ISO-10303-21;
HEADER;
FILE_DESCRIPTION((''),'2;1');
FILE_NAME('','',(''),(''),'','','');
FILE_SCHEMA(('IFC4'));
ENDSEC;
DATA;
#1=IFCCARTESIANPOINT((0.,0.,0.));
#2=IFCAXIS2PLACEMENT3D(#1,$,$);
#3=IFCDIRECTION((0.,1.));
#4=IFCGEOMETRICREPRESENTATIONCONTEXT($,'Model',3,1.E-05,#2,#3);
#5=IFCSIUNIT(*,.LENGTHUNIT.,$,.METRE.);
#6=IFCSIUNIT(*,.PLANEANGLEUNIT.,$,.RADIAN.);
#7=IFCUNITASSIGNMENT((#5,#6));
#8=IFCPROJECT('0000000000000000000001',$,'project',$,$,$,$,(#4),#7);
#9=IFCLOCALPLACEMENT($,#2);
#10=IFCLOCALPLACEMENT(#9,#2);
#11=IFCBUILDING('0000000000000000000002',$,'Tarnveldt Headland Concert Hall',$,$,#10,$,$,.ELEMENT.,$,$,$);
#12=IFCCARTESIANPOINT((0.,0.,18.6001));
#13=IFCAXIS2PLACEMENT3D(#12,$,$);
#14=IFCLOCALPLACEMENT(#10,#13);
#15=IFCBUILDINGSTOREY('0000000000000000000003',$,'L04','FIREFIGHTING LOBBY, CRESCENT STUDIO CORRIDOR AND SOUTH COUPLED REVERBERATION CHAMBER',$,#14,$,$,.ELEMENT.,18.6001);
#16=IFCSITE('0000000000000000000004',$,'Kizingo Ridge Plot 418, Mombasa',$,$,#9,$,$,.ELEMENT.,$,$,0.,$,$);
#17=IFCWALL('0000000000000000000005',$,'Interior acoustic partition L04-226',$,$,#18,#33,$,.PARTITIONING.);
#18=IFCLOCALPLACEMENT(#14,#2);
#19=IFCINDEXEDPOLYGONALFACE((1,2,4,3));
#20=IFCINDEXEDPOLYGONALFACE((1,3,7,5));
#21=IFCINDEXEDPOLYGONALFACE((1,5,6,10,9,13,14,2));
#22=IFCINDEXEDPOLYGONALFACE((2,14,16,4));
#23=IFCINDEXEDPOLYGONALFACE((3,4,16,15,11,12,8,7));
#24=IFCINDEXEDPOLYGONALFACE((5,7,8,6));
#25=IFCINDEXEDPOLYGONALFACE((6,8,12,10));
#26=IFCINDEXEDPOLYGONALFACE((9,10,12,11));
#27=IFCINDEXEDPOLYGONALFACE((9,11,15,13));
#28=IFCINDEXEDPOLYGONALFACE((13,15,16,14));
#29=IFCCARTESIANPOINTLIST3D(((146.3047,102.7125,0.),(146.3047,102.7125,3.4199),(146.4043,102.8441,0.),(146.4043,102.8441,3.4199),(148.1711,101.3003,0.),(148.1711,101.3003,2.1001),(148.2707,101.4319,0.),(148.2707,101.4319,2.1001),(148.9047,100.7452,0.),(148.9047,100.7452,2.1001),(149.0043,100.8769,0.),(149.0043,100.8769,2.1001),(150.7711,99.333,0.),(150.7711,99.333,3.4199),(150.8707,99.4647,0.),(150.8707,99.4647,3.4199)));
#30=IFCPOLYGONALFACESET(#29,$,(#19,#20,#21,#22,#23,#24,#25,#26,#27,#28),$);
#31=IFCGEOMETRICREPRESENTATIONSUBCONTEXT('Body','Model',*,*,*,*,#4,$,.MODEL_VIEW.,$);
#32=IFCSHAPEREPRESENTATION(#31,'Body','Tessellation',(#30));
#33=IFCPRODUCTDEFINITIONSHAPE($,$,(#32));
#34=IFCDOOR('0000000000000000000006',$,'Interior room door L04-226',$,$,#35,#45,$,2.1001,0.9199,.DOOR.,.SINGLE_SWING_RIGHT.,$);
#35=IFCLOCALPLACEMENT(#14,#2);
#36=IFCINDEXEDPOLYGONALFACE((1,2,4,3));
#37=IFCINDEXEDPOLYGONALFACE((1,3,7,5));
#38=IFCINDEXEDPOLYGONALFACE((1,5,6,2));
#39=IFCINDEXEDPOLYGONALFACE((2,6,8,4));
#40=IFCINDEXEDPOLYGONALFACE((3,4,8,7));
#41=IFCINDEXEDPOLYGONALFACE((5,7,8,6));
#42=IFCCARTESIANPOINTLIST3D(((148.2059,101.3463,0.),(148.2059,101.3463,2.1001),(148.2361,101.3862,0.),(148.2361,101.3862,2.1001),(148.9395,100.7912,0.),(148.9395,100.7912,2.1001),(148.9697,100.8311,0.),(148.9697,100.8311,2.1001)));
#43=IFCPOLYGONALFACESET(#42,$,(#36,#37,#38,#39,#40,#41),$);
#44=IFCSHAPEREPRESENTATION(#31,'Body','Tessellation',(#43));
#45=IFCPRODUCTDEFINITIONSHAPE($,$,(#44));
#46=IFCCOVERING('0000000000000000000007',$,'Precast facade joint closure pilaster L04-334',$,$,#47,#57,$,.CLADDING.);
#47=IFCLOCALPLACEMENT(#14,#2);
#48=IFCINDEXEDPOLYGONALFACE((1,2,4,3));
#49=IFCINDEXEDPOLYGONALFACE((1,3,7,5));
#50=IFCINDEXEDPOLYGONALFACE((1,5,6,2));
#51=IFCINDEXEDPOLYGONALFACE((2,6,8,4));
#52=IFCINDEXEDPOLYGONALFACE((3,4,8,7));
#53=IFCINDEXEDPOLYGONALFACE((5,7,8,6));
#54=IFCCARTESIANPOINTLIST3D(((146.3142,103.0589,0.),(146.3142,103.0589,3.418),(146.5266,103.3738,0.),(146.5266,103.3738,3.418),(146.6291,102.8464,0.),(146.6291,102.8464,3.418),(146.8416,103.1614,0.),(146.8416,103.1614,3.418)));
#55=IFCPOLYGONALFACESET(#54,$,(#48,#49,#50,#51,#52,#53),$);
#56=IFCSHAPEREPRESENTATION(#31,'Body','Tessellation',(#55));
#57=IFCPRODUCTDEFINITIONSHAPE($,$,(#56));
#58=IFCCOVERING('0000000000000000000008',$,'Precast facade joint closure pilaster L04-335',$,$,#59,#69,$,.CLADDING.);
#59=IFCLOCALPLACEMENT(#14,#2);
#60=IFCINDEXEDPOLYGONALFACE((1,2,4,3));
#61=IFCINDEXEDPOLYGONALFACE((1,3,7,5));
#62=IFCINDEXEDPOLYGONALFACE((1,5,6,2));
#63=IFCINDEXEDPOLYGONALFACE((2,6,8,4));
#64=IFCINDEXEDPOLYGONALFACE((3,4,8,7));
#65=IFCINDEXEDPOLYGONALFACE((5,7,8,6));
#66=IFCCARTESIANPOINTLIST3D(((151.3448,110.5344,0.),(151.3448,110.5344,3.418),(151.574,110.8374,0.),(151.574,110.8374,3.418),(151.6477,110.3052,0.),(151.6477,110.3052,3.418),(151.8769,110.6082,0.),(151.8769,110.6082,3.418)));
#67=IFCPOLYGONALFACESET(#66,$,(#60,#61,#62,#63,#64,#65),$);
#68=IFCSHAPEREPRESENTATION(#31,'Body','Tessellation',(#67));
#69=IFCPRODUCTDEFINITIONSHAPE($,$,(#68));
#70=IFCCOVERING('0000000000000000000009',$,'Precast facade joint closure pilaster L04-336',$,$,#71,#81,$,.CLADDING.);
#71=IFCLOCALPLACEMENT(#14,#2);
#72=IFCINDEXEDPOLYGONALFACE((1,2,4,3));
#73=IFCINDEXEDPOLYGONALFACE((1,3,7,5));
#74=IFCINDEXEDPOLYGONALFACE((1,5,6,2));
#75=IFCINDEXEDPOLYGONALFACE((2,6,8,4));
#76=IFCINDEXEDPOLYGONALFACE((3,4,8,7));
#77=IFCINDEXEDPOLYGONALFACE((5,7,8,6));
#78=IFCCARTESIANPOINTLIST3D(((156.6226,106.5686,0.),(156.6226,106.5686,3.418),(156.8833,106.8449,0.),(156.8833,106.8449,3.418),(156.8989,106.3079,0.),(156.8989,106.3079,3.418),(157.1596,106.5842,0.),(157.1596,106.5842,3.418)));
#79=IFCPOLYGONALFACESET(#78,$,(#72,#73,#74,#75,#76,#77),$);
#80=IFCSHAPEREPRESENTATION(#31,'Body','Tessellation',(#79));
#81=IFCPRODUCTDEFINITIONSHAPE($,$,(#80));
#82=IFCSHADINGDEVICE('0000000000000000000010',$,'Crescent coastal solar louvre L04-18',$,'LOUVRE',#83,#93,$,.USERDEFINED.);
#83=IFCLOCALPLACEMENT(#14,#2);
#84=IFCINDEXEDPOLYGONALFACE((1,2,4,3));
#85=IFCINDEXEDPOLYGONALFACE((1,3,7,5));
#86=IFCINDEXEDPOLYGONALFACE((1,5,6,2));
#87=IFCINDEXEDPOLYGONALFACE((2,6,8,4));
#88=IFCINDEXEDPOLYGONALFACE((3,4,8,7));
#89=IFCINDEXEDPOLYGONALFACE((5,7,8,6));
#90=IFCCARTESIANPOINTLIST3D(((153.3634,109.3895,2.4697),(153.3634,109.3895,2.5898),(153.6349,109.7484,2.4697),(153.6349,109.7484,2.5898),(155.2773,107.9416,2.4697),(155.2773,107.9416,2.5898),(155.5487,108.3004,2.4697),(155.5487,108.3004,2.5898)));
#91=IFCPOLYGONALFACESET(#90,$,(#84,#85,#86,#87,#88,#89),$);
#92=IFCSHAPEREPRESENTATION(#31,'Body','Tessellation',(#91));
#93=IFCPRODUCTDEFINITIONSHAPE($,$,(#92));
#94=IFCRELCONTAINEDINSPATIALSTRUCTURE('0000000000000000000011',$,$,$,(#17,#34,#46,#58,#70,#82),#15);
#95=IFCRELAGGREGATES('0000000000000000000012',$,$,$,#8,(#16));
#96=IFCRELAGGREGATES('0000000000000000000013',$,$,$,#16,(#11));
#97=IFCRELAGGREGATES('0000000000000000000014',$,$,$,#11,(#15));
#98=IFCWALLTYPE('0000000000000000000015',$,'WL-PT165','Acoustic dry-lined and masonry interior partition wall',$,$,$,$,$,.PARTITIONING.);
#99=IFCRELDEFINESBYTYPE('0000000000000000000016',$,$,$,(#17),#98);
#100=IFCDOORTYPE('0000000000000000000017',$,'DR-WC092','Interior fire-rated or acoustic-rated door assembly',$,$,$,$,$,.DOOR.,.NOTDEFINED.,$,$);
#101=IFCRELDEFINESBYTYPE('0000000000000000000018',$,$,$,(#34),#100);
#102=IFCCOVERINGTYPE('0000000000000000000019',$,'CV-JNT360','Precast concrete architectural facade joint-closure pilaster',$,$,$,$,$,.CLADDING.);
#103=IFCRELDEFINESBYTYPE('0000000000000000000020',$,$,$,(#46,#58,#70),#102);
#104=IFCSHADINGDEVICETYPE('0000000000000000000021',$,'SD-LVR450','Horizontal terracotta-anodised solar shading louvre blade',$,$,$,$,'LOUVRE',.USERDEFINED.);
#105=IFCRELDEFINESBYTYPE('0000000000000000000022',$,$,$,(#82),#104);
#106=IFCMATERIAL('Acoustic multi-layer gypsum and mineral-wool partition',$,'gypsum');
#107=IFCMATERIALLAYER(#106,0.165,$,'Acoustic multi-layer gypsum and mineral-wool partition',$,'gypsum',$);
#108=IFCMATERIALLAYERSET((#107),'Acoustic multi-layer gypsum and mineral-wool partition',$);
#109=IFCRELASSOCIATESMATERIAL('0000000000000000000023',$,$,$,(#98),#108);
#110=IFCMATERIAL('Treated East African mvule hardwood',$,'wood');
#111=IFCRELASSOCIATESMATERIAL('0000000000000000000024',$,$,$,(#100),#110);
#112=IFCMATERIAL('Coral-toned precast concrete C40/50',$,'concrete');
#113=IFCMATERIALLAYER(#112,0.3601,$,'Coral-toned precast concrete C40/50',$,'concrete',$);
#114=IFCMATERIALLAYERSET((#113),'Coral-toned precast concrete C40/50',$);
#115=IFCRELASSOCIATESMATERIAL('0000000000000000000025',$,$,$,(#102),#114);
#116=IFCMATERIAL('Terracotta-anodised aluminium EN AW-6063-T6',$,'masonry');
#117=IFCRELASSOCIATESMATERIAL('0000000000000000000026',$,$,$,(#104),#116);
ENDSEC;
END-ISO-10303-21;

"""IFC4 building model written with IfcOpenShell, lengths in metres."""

from ifc_helpers import new_model, si_unit, direction, frame, frame_2d, origin, origin_2d, place, context, subcontext, project, spatial, rectangle, extrude, material, layer, layer_set, type_object, element, fill, save


model = new_model("IFC4")

# Units and contexts
model_context = context("Model", 3, precision=1e-05, world=origin(), true_north=direction((0.0, 1.0)))
body_context = subcontext(model_context, "Body", "Model", "MODEL_VIEW")
ifc_project = project(units=[si_unit("LENGTHUNIT", "METRE"), si_unit("PLANEANGLEUNIT", "RADIAN")], contexts=[model_context])

# Site, building, storey
site_placement = place(None, origin())
site = spatial("IfcSite", under=ifc_project, at=site_placement, Name="Kizingo Ridge Plot 418, Mombasa", CompositionType="ELEMENT", RefElevation=0.0)
building_placement = place(site_placement, origin())
building = spatial("IfcBuilding", under=site, at=building_placement, Name="Tarnveldt Headland Concert Hall", CompositionType="ELEMENT")
storey_placement = place(building_placement, frame((0.0, 0.0, 18.6001)))
storey = spatial("IfcBuildingStorey", under=building, at=storey_placement, Name="L04", Description="FIREFIGHTING LOBBY, CRESCENT STUDIO CORRIDOR AND SOUTH COUPLED REVERBERATION CHAMBER", CompositionType="ELEMENT", Elevation=18.6001)

# Shared definitions
ifc_material_1 = material(Name="Coral-toned precast concrete C40/50", Category="concrete")

# Shared definitions
ifc_material_2 = material(Name="Acoustic multi-layer gypsum and mineral-wool partition", Category="gypsum")

# Wall, opening, door
ifc_layer_1 = layer(ifc_material_2, 0.165, Name="Acoustic multi-layer gypsum and mineral-wool partition", Category="gypsum")
ifc_layer_set_1 = layer_set([ifc_layer_1], Name="Acoustic multi-layer gypsum and mineral-wool partition")
wall_type_1 = type_object("IfcWallType", Name="WL-PT165", Description="Acoustic dry-lined and masonry interior partition wall", PredefinedType="PARTITIONING", material=ifc_layer_set_1)
ifc_material_3 = material(Name="Treated East African mvule hardwood", Category="wood")
wall_1_placement = place(storey_placement, frame((150.8208, 99.3989, 0.0), z_axis=(0.0, 0.0, 1.0), x_axis=(-0.797451, 0.603384, 0.0)))
wall_1 = element("IfcWall", 1, at=wall_1_placement, inside=storey, type_object=wall_type_1, Name="Interior acoustic partition L04-226", PredefinedType="PARTITIONING", context=body_context, shape_type="SweptSolid", body=[
    extrude(rectangle(XDim=5.6008, YDim=0.165, at=frame_2d((2.8003, 0.0))), origin(), (0.0, 0.0, 1.0), 3.4199),
])
opening_1_placement = place(wall_1_placement, frame((2.3403, 0.0, 0.0)))
opening_1 = element("IfcOpeningElement", 2, at=opening_1_placement, cuts=wall_1, PredefinedType="OPENING", context=body_context, shape_type="SweptSolid", body=[
    extrude(rectangle(XDim=0.9199, YDim=2.1001, at=frame_2d((0.46, 1.05))), frame((0.0, 0.0925, 0.0), z_axis=(0.0, -1.0, 0.0), x_axis=(1.0, 0.0, 0.0)), (0.0, 0.0, 1.0), 0.1851),
])
door_type_1 = type_object("IfcDoorType", Name="DR-WC092", Description="Interior fire-rated or acoustic-rated door assembly", OperationType="NOTDEFINED", PredefinedType="DOOR", material=ifc_material_3)
door_1_placement = place(opening_1_placement, origin())
door_1 = element("IfcDoor", 3, at=door_1_placement, inside=storey, type_object=door_type_1, Name="Interior room door L04-226", OperationType="SINGLE_SWING_RIGHT", OverallHeight=2.1001, OverallWidth=0.9199, PredefinedType="DOOR", context=body_context, shape_type="SweptSolid", body=[
    extrude(rectangle(XDim=0.9199, YDim=2.1001, at=frame_2d((0.46, 1.05))), frame((0.0, 0.0249, 0.0), z_axis=(0.0, -1.0, 0.0), x_axis=(1.0, 0.0, 0.0)), (0.0, 0.0, 1.0), 0.05),
])
fill(opening_1, door_1)

# Coverings
ifc_layer_2 = layer(ifc_material_1, 0.3601, Name="Coral-toned precast concrete C40/50", Category="concrete")
ifc_layer_set_2 = layer_set([ifc_layer_2], Name="Coral-toned precast concrete C40/50")
covering_type = type_object("IfcCoveringType", Name="CV-JNT360", Description="Precast concrete architectural facade joint-closure pilaster", PredefinedType="CLADDING", material=ifc_layer_set_2)
for number, where, z_axis, x_axis, name in (
    (4, (146.5779, 103.1101, 0.0), (0.0, 0.0, 1.0), (0.559193, 0.829038, 0.0), "Precast facade joint closure pilaster L04-334"),
    (5, (151.6108, 110.5713, 0.0), (0.0, 0.0, 1.0), (0.797479, -0.603347, 0.0), "Precast facade joint closure pilaster L04-335"),
    (6, (156.8911, 106.5764, 0.0), (0.0, 0.0, 1.0), (0.727414, -0.686199, 0.0), "Precast facade joint closure pilaster L04-336"),
):
    element("IfcCovering", number, at=place(storey_placement, frame(where, z_axis=z_axis, x_axis=x_axis)), inside=storey, type_object=covering_type, Name=name, PredefinedType="CLADDING", context=body_context, shape_type="SweptSolid", body=[
        extrude(rectangle(XDim=0.3799, YDim=0.3799, at=origin_2d()), origin(), (0.0, 0.0, 1.0), 3.418),
    ])

# Shading device
ifc_material_4 = material(Name="Terracotta-anodised aluminium EN AW-6063-T6", Category="masonry")
shading_device_type = type_object("IfcShadingDeviceType", Name="SD-LVR450", Description="Horizontal terracotta-anodised solar shading louvre blade", ElementType="LOUVRE", PredefinedType="USERDEFINED", material=ifc_material_4)
shading_device_placement = place(storey_placement, frame((154.4561, 108.845, 2.4697), z_axis=(0.0, 0.0, 1.0), x_axis=(0.603347, 0.797479, 0.0)))
element("IfcShadingDevice", 7, at=shading_device_placement, inside=storey, type_object=shading_device_type, Name="Crescent coastal solar louvre L04-18", ObjectType="LOUVRE", PredefinedType="USERDEFINED", context=body_context, shape_type="SweptSolid", body=[
    extrude(rectangle(XDim=0.45, YDim=2.3999, at=origin_2d()), origin(), (0.0, 0.0, 1.0), 0.1201),
])

save(model, "model.ifc")
